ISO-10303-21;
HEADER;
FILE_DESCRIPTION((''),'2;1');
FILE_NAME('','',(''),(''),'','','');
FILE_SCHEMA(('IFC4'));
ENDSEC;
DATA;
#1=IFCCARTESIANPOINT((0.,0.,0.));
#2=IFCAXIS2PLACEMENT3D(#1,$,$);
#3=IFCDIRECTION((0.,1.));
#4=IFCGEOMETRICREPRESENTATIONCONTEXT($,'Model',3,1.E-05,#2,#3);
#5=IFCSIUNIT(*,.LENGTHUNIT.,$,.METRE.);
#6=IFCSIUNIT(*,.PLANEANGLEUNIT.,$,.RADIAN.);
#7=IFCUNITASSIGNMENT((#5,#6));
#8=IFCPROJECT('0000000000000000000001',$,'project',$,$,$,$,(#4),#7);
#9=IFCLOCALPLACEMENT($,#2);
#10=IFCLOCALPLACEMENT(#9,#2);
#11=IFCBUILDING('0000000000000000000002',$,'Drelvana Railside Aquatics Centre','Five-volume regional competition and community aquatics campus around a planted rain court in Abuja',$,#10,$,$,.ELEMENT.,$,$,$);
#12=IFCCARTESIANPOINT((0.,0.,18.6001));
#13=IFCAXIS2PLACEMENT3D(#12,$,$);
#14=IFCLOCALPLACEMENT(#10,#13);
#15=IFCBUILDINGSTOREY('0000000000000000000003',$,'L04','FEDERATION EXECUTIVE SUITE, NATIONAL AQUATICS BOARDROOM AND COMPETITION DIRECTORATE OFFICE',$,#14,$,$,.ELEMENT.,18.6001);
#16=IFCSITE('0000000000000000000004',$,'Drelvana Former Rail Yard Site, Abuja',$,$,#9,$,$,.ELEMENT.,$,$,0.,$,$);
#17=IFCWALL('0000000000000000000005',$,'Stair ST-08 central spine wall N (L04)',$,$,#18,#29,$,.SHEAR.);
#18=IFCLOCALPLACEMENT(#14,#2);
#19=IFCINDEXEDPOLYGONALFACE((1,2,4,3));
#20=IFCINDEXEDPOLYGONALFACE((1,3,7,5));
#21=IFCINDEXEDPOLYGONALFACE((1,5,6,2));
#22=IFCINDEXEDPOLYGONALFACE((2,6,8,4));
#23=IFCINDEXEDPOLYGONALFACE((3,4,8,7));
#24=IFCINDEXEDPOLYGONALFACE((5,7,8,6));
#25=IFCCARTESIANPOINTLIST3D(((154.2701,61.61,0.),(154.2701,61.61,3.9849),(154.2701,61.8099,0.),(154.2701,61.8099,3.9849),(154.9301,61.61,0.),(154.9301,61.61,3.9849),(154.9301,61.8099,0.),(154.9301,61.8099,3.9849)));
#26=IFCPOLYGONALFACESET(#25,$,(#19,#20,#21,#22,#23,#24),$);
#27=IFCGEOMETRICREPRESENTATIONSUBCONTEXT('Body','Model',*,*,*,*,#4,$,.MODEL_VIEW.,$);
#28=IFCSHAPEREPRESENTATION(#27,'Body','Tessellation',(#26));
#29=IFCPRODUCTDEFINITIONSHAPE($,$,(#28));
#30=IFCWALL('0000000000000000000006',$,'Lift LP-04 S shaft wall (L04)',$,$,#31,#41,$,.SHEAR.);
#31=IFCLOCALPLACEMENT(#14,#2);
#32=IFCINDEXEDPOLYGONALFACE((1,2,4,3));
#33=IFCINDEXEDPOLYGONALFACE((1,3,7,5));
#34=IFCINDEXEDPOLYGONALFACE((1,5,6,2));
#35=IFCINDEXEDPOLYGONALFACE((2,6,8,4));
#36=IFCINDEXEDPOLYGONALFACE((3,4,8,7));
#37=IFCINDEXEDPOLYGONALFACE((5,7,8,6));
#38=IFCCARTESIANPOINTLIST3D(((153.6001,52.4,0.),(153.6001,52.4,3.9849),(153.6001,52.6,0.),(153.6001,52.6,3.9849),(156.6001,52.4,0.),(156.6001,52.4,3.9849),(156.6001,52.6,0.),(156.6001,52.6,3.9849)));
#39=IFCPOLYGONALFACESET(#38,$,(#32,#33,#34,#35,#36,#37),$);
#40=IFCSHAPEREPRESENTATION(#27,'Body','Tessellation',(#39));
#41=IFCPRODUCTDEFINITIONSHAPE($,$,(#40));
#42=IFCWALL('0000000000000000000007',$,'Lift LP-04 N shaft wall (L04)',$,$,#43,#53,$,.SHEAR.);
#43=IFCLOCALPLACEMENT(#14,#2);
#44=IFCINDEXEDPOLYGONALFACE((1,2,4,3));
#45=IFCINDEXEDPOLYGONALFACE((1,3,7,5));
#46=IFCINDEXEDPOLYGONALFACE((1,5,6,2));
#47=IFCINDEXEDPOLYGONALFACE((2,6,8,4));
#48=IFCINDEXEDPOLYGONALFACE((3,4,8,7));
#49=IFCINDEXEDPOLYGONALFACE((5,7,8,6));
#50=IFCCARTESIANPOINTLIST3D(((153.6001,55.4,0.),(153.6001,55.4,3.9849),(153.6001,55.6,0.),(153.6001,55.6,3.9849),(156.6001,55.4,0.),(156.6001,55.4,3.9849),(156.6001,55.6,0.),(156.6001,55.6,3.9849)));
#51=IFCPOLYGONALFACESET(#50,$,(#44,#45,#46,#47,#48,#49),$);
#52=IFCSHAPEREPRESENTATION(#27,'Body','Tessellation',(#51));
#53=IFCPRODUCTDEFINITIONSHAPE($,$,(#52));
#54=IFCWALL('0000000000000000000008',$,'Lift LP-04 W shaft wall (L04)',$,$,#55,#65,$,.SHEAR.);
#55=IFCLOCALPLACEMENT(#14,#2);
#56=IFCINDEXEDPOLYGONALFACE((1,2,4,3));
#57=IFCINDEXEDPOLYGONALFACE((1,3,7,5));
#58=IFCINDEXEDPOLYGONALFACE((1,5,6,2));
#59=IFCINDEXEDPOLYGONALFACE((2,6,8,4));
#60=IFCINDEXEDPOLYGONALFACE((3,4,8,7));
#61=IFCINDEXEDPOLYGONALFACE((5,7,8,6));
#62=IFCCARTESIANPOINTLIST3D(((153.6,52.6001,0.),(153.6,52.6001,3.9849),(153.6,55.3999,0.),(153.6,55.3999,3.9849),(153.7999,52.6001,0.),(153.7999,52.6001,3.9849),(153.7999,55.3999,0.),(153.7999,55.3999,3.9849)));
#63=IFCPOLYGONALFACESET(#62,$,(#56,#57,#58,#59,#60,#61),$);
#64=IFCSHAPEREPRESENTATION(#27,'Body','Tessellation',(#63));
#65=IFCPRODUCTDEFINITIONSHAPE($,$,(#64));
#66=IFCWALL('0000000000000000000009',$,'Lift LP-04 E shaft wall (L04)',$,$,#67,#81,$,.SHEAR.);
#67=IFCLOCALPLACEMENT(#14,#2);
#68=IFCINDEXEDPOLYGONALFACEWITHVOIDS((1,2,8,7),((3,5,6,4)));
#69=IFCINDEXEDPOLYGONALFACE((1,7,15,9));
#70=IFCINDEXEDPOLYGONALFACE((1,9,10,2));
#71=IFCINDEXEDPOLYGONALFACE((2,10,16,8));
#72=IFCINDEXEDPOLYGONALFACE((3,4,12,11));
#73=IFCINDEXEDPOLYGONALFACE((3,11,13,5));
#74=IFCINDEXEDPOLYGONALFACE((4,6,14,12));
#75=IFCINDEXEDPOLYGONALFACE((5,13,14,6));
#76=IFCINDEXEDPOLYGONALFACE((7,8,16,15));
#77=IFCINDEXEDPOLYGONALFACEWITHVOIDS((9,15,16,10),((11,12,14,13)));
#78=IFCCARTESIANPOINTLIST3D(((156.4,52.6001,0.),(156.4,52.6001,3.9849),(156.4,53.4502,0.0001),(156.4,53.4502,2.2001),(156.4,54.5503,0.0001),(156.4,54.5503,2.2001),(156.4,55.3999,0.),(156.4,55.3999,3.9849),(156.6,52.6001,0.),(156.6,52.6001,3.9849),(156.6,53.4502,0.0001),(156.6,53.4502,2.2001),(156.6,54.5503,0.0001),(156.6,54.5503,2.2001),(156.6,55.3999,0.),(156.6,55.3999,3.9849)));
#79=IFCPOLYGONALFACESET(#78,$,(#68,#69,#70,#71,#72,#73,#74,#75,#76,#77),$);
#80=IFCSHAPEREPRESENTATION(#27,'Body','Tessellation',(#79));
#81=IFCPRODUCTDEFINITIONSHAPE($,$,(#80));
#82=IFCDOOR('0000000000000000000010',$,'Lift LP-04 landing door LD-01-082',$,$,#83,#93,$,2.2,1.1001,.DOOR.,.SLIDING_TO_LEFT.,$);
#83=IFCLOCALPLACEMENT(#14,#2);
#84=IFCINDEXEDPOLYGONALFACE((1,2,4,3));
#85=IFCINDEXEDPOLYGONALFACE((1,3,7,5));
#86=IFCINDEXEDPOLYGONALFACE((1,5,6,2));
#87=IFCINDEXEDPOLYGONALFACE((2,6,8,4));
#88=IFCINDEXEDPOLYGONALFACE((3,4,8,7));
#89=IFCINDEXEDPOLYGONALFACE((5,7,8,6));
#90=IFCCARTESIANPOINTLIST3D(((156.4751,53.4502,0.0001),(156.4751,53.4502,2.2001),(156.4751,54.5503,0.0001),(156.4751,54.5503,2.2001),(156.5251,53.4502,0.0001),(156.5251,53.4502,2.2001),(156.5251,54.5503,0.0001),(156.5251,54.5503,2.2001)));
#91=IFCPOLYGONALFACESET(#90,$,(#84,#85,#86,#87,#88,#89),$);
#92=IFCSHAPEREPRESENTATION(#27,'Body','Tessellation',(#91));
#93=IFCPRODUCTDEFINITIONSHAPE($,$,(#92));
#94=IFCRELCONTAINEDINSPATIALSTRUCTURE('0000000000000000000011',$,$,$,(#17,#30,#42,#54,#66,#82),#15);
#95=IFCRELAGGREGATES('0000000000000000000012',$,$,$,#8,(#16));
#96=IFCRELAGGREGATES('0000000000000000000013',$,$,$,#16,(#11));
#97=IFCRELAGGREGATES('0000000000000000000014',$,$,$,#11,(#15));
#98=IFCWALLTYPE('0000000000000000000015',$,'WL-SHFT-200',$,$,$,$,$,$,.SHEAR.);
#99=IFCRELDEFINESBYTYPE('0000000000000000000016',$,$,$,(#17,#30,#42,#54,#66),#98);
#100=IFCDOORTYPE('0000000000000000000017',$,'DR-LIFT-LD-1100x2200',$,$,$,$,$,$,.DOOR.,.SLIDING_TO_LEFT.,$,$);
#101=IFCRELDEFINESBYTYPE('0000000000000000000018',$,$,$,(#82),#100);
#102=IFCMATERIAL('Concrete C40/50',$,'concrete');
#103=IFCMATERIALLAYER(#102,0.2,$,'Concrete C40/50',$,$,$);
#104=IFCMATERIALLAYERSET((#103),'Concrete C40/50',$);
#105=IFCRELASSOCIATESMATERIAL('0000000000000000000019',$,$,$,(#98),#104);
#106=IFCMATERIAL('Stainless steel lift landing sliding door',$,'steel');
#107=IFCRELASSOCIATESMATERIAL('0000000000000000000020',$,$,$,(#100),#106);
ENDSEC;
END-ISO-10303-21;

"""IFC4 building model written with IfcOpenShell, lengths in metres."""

from ifc_helpers import new_model, si_unit, direction, frame, frame_2d, origin, place, context, subcontext, project, spatial, rectangle, extrude, material, layer, layer_set, type_object, element, fill, save


model = new_model("IFC4")

# Units and contexts
model_context = context("Model", 3, precision=1e-05, world=origin(), true_north=direction((0.0, 1.0)))
body_context = subcontext(model_context, "Body", "Model", "MODEL_VIEW")
ifc_project = project(units=[si_unit("LENGTHUNIT", "METRE"), si_unit("PLANEANGLEUNIT", "RADIAN")], contexts=[model_context])

# Site, building, storey
site_placement = place(None, origin())
site = spatial("IfcSite", under=ifc_project, at=site_placement, Name="Drelvana Former Rail Yard Site, Abuja", CompositionType="ELEMENT", RefElevation=0.0)
building_placement = place(site_placement, origin())
building = spatial("IfcBuilding", under=site, at=building_placement, Name="Drelvana Railside Aquatics Centre", Description="Five-volume regional competition and community aquatics campus around a planted rain court in Abuja", CompositionType="ELEMENT")
storey_placement = place(building_placement, frame((0.0, 0.0, 18.6001)))
storey = spatial("IfcBuildingStorey", under=building, at=storey_placement, Name="L04", Description="FEDERATION EXECUTIVE SUITE, NATIONAL AQUATICS BOARDROOM AND COMPETITION DIRECTORATE OFFICE", CompositionType="ELEMENT", Elevation=18.6001)

# Shared definitions
ifc_material_1 = material(Name="Concrete C40/50", Category="concrete")

# Walls
ifc_layer_1 = layer(ifc_material_1, 0.2, Name="Concrete C40/50")
ifc_layer_set_1 = layer_set([ifc_layer_1], Name="Concrete C40/50")
wall_type_1 = type_object("IfcWallType", Name="WL-SHFT-200", PredefinedType="SHEAR", material=ifc_layer_set_1)
for number, where, z_axis, x_axis, name in (
    (1, (154.27, 61.71, 0.0), (0.0, 0.0, 1.0), (1.0, 0.0, 0.0), "Stair ST-08 central spine wall N (L04)"),
):
    element("IfcWall", number, at=place(storey_placement, frame(where, z_axis=z_axis, x_axis=x_axis)), inside=storey, type_object=wall_type_1, Name=name, PredefinedType="SHEAR", context=body_context, shape_type="SweptSolid", body=[
        extrude(rectangle(XDim=0.6599, YDim=0.2, at=frame_2d((0.3301, 0.0))), origin(), (0.0, 0.0, 1.0), 3.9849),
    ])
for number, where, z_axis, x_axis, name in (
    (2, (153.6001, 52.5, 0.0), (0.0, 0.0, 1.0), (1.0, 0.0, 0.0), "Lift LP-04 S shaft wall (L04)"),
    (3, (153.6001, 55.5, 0.0), (0.0, 0.0, 1.0), (1.0, 0.0, 0.0), "Lift LP-04 N shaft wall (L04)"),
):
    element("IfcWall", number, at=place(storey_placement, frame(where, z_axis=z_axis, x_axis=x_axis)), inside=storey, type_object=wall_type_1, Name=name, PredefinedType="SHEAR", context=body_context, shape_type="SweptSolid", body=[
        extrude(rectangle(XDim=3.0, YDim=0.2, at=frame_2d((1.5, 0.0))), origin(), (0.0, 0.0, 1.0), 3.9849),
    ])
wall_1_placement = place(storey_placement, frame((153.7, 52.6001, 0.0), z_axis=(0.0, 0.0, 1.0), x_axis=(0.0, 1.0, 0.0)))
element("IfcWall", 4, at=wall_1_placement, inside=storey, type_object=wall_type_1, Name="Lift LP-04 W shaft wall (L04)", PredefinedType="SHEAR", context=body_context, shape_type="SweptSolid", body=[
    extrude(rectangle(XDim=2.7998, YDim=0.2, at=frame_2d((1.3999, 0.0))), origin(), (0.0, 0.0, 1.0), 3.9849),
])

# Wall, opening, door
wall_2_placement = place(storey_placement, frame((156.5, 52.6001, 0.0), z_axis=(0.0, 0.0, 1.0), x_axis=(0.0, 1.0, 0.0)))
wall_2 = element("IfcWall", 5, at=wall_2_placement, inside=storey, type_object=wall_type_1, Name="Lift LP-04 E shaft wall (L04)", PredefinedType="SHEAR", context=body_context, shape_type="SweptSolid", body=[
    extrude(rectangle(XDim=2.7998, YDim=0.2, at=frame_2d((1.3999, 0.0))), origin(), (0.0, 0.0, 1.0), 3.9849),
])
opening_1_placement = place(wall_2_placement, frame((0.8501, 0.0, 0.0)))
opening_1 = element("IfcOpeningElement", 6, at=opening_1_placement, cuts=wall_2, PredefinedType="OPENING", context=body_context, shape_type="SweptSolid", body=[
    extrude(rectangle(XDim=1.1001, YDim=2.2, at=frame_2d((0.55, 1.1001))), frame((0.0, 0.1099, 0.0), z_axis=(0.0, -1.0, 0.0), x_axis=(1.0, 0.0, 0.0)), (0.0, 0.0, 1.0), 0.22),
])
ifc_material_2 = material(Name="Stainless steel lift landing sliding door", Category="steel")
door_type_1 = type_object("IfcDoorType", Name="DR-LIFT-LD-1100x2200", OperationType="SLIDING_TO_LEFT", PredefinedType="DOOR", material=ifc_material_2)
door_1_placement = place(opening_1_placement, origin())
door_1 = element("IfcDoor", 7, at=door_1_placement, inside=storey, type_object=door_type_1, Name="Lift LP-04 landing door LD-01-082", OperationType="SLIDING_TO_LEFT", OverallHeight=2.2, OverallWidth=1.1001, PredefinedType="DOOR", context=body_context, shape_type="SweptSolid", body=[
    extrude(rectangle(XDim=1.1001, YDim=2.2, at=frame_2d((0.55, 1.1001))), frame((0.0, 0.0249, 0.0), z_axis=(0.0, -1.0, 0.0), x_axis=(1.0, 0.0, 0.0)), (0.0, 0.0, 1.0), 0.05),
])
fill(opening_1, door_1)

save(model, "model.ifc")
